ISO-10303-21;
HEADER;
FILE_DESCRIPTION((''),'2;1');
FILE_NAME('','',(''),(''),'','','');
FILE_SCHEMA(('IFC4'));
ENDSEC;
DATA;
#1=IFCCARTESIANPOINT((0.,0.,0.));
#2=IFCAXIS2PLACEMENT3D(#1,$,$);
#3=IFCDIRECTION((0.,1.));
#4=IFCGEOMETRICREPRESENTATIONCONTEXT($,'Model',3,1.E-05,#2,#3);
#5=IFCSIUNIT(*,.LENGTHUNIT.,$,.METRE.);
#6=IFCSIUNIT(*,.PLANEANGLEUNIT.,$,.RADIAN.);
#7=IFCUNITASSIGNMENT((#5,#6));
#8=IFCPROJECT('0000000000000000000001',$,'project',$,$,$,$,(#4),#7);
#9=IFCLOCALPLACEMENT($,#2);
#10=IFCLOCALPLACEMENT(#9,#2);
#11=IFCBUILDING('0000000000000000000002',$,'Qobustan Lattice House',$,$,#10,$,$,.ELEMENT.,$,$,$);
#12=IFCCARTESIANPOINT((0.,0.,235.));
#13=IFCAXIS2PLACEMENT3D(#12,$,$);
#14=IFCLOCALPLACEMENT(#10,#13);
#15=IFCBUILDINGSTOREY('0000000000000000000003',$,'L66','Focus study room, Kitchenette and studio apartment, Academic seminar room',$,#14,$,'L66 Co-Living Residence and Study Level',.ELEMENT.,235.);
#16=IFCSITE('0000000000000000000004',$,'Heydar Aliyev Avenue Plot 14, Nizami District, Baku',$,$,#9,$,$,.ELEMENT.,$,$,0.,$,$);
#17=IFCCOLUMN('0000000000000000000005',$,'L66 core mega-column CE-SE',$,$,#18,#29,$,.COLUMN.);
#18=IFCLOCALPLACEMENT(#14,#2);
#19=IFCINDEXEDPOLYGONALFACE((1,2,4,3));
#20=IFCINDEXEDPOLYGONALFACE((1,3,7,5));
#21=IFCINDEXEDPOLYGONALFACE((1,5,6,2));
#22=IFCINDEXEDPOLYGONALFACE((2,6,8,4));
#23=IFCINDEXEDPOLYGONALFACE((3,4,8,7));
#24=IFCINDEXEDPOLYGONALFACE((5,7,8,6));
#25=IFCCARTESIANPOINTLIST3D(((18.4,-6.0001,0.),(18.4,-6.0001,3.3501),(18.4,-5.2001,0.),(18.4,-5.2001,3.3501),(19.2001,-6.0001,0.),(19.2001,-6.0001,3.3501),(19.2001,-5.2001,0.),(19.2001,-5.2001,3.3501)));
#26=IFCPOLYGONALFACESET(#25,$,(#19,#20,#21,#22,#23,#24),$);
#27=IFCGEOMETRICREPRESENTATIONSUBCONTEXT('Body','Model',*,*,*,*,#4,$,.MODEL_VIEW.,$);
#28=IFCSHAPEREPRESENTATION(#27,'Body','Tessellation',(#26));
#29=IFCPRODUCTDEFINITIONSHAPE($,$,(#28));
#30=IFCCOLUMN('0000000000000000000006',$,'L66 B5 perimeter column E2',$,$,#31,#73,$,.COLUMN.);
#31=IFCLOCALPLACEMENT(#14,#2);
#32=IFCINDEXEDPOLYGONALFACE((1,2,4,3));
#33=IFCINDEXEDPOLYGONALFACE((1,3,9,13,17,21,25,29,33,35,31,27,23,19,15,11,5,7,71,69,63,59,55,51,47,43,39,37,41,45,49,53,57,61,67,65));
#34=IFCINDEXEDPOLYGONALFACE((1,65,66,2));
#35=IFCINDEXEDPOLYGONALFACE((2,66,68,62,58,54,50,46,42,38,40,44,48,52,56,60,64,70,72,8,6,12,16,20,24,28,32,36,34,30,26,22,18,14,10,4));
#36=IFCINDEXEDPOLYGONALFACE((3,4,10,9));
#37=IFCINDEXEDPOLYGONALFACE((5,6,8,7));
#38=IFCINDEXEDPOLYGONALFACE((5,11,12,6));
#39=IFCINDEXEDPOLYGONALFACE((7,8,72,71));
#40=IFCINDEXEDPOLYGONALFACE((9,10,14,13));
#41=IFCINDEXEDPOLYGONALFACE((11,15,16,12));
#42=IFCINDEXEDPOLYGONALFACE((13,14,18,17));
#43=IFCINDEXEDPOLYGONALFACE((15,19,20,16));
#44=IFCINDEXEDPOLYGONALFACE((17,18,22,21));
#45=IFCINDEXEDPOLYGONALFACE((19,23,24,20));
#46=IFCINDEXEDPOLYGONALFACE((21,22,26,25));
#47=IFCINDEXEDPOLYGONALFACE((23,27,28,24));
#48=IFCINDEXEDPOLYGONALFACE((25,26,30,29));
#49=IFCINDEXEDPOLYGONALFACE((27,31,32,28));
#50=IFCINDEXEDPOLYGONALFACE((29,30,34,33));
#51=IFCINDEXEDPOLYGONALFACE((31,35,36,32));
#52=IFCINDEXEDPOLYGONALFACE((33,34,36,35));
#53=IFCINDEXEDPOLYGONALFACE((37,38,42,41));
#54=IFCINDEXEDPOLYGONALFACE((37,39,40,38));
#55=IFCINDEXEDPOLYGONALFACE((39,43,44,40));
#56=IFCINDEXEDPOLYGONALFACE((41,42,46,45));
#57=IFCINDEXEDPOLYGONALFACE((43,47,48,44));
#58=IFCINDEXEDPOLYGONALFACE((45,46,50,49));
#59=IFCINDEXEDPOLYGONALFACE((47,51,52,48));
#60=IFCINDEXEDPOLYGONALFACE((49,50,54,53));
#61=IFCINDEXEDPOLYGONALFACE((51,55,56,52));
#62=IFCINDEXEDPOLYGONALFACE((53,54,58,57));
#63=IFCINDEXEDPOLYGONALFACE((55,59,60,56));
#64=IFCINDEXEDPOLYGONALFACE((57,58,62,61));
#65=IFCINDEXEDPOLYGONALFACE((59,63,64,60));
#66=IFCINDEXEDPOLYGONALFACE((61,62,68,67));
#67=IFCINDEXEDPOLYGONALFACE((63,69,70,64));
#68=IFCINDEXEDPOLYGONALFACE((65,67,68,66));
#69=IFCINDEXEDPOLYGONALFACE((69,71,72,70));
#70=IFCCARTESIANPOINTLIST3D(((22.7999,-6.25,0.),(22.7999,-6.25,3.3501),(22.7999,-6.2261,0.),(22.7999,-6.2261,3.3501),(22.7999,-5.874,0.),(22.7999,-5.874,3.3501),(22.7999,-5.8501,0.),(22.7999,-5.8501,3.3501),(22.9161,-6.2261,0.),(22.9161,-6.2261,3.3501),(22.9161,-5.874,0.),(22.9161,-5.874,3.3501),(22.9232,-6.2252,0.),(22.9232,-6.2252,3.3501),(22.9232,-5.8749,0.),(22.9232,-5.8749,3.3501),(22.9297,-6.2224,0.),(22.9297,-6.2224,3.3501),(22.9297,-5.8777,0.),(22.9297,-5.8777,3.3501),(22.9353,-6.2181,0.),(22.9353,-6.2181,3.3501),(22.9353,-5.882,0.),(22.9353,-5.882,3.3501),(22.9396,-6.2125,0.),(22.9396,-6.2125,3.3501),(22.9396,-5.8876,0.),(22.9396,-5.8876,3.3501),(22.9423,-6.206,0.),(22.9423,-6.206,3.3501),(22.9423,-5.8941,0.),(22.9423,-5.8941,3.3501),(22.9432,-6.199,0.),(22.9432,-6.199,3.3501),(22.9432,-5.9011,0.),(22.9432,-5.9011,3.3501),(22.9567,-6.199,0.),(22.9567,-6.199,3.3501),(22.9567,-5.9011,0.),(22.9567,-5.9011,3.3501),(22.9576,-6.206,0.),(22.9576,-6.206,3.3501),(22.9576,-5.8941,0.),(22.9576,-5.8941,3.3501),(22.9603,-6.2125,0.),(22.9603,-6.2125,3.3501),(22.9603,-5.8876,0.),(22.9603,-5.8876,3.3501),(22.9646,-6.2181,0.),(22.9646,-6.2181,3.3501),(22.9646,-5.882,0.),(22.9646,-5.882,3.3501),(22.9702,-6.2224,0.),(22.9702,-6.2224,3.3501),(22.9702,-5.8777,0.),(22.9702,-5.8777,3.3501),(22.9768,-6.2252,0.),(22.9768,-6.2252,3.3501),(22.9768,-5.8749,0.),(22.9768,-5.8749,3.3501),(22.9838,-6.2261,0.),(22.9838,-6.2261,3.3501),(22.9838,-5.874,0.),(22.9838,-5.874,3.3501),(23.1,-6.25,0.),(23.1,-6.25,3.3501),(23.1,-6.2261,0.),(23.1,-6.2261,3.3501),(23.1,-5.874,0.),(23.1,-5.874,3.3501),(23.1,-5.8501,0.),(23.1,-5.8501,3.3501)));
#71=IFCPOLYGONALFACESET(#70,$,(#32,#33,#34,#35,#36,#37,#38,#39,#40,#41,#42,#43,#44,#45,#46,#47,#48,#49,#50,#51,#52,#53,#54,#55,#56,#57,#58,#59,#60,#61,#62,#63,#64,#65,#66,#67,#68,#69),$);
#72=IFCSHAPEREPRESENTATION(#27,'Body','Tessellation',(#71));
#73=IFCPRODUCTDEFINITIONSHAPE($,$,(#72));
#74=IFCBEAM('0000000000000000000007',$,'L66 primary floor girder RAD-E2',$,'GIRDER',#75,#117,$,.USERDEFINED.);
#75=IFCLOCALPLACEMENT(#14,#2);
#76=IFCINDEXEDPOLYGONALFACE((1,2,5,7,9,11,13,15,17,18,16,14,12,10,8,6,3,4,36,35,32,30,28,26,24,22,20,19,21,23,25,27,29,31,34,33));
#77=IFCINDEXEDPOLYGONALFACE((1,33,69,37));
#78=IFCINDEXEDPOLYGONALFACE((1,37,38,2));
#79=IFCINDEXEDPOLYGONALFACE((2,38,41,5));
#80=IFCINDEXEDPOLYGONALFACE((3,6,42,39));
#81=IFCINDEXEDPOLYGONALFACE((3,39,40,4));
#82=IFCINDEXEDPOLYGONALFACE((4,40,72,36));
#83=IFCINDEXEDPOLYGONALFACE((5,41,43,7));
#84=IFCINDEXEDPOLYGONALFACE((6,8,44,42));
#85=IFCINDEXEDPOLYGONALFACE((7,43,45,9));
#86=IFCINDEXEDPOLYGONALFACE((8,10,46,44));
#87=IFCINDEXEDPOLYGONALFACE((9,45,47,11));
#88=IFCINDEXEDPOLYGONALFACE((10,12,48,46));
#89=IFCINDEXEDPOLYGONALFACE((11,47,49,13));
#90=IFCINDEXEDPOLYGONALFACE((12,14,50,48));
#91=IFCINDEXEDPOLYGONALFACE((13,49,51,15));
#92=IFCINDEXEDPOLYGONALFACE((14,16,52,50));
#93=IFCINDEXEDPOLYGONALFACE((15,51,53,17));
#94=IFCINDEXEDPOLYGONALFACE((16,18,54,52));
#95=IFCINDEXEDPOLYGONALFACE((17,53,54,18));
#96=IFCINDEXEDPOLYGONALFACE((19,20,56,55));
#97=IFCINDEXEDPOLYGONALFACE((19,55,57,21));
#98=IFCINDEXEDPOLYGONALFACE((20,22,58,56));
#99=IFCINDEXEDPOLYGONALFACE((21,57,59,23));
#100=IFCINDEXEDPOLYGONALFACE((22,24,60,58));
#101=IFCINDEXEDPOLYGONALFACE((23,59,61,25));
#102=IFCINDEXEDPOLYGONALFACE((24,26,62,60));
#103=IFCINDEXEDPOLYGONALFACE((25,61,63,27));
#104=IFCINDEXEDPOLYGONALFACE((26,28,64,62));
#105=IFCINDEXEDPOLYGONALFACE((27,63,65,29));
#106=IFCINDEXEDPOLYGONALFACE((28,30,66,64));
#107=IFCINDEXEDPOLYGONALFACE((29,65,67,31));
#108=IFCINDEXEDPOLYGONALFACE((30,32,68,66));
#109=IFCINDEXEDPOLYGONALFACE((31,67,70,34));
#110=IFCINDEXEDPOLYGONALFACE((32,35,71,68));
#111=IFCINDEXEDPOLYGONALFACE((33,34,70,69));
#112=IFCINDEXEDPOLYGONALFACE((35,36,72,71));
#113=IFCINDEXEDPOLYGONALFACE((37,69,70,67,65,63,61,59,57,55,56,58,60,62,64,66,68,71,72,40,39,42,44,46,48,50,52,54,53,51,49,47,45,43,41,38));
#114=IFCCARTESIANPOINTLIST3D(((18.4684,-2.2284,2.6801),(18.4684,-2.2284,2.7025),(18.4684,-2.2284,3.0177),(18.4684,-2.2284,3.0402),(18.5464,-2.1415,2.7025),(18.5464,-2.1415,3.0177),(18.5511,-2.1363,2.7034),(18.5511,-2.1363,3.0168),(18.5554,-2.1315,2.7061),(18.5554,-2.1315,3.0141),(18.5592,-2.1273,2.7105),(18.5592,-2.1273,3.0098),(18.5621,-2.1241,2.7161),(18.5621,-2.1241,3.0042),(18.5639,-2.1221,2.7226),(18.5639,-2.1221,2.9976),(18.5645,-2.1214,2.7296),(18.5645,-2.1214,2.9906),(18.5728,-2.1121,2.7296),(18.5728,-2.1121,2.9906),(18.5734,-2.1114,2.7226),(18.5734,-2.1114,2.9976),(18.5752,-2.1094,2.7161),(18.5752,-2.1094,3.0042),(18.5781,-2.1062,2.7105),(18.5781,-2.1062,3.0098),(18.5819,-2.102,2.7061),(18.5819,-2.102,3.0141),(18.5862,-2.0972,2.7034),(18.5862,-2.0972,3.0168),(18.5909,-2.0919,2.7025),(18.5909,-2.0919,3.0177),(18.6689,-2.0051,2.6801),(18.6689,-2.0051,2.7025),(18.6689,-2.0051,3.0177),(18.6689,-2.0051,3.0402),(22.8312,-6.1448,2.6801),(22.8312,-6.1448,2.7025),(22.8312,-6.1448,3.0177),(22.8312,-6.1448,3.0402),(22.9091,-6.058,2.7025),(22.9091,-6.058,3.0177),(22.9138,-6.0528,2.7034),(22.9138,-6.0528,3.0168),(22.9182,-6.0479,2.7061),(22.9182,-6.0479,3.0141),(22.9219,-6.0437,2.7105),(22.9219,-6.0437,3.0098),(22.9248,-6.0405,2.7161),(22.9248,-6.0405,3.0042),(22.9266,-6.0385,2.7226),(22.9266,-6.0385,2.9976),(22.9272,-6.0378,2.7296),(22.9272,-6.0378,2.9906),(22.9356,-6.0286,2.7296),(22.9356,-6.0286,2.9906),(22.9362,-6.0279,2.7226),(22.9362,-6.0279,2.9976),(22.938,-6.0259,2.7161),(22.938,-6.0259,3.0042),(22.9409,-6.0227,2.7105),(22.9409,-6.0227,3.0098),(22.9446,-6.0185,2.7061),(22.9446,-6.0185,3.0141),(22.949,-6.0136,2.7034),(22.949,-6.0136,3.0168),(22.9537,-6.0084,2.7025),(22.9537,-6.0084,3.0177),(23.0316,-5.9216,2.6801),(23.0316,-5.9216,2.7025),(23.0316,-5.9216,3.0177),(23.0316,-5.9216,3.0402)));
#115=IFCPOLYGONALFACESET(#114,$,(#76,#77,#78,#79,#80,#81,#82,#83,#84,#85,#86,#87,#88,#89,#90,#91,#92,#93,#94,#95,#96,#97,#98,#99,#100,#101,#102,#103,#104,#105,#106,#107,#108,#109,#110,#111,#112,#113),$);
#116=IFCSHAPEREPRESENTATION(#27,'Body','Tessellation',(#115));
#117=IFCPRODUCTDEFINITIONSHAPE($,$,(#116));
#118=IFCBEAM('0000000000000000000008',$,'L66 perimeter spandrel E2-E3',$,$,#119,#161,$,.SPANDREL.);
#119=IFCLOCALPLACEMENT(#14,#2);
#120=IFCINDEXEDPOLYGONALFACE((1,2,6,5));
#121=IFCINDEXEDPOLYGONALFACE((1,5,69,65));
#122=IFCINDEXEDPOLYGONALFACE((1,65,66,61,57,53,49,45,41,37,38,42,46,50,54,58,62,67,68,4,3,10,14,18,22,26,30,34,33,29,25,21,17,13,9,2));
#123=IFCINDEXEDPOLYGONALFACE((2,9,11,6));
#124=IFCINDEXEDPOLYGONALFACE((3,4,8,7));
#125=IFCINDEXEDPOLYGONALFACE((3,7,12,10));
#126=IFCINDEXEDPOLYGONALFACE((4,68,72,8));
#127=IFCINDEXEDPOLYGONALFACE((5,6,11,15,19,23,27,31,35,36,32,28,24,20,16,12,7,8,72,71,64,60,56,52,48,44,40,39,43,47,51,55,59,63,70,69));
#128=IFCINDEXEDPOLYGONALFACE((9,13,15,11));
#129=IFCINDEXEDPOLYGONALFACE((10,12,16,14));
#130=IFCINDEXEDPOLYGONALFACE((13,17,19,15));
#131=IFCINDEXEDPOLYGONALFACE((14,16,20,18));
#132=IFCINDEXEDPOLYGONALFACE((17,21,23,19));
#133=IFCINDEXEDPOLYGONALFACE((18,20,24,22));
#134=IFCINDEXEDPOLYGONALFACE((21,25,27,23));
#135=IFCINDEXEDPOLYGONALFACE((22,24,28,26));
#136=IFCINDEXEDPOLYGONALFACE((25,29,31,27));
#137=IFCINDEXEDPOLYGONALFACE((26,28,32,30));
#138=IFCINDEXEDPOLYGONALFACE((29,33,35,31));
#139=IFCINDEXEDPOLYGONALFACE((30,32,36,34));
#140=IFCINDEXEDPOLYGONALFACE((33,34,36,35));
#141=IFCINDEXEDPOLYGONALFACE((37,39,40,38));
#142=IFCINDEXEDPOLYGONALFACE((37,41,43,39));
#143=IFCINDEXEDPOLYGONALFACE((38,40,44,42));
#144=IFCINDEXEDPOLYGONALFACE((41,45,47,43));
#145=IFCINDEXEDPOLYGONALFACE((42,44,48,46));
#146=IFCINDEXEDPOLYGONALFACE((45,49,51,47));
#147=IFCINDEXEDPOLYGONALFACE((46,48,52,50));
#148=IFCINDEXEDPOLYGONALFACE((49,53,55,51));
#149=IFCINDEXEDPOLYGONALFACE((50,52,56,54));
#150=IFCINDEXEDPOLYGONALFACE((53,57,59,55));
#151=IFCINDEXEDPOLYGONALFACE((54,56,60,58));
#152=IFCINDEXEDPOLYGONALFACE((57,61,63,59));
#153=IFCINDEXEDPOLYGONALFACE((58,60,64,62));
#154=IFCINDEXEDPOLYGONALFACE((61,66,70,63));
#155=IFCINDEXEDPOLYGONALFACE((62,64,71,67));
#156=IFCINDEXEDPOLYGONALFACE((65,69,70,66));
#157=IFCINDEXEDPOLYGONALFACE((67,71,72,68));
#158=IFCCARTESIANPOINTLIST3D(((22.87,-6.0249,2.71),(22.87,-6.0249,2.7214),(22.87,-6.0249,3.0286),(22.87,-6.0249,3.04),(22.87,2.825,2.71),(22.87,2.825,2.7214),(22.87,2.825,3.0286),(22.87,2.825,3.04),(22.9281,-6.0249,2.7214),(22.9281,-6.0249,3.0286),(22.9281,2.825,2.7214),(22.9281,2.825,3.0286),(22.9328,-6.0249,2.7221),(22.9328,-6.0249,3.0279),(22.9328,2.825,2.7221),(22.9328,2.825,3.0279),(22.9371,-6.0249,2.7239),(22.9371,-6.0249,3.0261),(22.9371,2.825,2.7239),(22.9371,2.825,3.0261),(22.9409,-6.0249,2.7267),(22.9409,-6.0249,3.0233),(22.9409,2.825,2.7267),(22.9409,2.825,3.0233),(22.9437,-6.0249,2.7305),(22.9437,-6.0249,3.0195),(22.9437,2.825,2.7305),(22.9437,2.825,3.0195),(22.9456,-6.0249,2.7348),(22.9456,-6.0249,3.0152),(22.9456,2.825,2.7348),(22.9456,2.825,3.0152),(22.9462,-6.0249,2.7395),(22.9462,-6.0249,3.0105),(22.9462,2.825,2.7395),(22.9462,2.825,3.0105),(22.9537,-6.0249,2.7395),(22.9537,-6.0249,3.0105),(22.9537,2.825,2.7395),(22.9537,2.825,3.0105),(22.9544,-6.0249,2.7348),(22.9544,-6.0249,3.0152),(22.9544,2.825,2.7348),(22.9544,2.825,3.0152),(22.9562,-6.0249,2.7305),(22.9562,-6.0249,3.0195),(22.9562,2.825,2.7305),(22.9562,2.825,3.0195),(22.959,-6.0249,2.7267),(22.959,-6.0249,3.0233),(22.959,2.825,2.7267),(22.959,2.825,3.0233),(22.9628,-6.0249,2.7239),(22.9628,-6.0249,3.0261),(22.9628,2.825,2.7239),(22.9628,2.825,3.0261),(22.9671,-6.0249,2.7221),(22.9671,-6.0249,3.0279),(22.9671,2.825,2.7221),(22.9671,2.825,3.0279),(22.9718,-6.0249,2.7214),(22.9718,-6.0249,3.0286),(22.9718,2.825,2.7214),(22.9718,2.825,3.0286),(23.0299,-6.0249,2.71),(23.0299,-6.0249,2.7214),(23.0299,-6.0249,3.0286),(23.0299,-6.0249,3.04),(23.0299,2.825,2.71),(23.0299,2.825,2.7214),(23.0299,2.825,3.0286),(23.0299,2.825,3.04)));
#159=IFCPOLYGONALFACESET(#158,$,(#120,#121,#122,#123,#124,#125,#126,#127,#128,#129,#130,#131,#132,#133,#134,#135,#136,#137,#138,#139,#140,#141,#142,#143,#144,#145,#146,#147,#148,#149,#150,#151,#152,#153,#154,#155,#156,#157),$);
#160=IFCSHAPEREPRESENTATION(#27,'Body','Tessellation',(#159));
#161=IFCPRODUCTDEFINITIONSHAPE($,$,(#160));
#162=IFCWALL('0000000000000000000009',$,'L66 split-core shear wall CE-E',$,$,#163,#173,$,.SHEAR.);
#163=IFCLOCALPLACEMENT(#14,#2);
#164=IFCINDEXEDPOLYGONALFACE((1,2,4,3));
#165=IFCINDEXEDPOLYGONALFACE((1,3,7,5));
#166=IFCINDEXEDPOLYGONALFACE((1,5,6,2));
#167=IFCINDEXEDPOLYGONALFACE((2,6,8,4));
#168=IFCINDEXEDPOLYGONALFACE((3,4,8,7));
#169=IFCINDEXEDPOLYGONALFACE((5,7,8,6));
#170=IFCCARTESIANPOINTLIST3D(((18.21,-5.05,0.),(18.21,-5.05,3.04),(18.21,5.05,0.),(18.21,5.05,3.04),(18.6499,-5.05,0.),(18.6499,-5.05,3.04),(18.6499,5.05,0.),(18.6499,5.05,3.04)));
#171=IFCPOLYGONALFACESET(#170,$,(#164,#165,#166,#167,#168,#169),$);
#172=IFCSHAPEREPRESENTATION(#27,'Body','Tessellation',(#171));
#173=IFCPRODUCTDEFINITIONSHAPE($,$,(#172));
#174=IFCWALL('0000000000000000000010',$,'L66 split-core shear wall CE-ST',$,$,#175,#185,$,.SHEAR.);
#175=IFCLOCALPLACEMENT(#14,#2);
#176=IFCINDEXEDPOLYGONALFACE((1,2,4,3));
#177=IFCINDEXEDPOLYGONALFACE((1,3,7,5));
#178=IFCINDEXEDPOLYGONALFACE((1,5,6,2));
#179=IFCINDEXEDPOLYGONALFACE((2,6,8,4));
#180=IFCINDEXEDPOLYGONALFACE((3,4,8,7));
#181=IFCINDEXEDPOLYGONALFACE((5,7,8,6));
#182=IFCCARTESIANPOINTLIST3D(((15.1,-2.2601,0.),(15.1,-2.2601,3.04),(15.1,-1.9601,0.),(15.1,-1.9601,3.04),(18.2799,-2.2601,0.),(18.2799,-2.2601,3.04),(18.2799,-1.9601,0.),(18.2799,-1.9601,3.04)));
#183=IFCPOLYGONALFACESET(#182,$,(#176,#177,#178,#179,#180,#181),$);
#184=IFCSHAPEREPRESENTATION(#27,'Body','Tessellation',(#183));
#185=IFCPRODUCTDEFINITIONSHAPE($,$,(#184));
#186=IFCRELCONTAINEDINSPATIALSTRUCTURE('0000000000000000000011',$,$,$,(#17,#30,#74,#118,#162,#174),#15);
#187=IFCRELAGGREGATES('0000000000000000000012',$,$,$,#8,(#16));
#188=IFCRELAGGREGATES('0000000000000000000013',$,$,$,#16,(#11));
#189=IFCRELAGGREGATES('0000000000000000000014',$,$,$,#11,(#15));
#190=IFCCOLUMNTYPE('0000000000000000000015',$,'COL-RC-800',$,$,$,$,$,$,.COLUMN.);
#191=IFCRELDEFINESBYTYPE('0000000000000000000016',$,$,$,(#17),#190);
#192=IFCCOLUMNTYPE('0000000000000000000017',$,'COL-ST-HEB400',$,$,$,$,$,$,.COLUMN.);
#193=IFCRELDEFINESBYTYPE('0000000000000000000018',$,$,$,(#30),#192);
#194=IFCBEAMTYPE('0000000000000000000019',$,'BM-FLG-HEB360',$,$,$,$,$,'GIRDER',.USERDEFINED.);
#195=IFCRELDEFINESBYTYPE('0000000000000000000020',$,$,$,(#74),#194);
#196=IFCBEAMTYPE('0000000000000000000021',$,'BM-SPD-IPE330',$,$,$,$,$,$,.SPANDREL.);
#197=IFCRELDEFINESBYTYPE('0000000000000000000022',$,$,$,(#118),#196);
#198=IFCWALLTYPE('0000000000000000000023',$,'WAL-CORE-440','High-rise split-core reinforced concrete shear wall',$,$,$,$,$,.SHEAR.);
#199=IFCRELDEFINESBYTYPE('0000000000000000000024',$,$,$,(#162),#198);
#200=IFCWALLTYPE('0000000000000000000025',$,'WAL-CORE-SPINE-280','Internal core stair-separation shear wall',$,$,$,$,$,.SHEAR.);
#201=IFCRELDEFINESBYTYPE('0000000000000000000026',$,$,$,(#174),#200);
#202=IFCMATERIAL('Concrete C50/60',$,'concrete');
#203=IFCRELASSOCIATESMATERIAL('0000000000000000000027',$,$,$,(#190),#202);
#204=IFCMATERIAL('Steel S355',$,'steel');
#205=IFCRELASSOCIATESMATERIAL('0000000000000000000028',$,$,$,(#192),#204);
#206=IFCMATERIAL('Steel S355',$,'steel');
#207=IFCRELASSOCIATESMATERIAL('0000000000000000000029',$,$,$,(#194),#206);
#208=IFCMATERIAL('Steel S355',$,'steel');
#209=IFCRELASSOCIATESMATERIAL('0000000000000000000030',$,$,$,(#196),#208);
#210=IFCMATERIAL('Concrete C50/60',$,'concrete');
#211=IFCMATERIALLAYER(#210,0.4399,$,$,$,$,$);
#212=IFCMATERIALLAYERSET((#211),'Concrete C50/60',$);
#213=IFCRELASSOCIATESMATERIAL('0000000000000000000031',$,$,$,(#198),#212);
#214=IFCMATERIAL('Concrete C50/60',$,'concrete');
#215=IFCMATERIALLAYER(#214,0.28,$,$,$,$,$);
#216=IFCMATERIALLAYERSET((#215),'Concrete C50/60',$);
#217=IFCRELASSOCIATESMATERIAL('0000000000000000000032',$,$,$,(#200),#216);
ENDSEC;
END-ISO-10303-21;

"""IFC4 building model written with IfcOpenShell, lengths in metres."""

from ifc_helpers import new_model, si_unit, direction, frame, frame_2d, origin, origin_2d, place, context, subcontext, project, spatial, rectangle, i_section, extrude, material, layer, layer_set, material_profile, profile_set, type_object, element, save


model = new_model("IFC4")

# Units and contexts
model_context = context("Model", 3, precision=1e-05, world=origin(), true_north=direction((0.0, 1.0)))
body_context = subcontext(model_context, "Body", "Model", "MODEL_VIEW")
ifc_project = project(units=[si_unit("LENGTHUNIT", "METRE"), si_unit("PLANEANGLEUNIT", "RADIAN")], contexts=[model_context])

# Site, building, storey
site_placement = place(None, origin())
site = spatial("IfcSite", under=ifc_project, at=site_placement, Name="Heydar Aliyev Avenue Plot 14, Nizami District, Baku", CompositionType="ELEMENT", RefElevation=0.0)
building_placement = place(site_placement, origin())
building = spatial("IfcBuilding", under=site, at=building_placement, Name="Qobustan Lattice House", CompositionType="ELEMENT")
storey_placement = place(building_placement, frame((0.0, 0.0, 235.0)))
storey = spatial("IfcBuildingStorey", under=building, at=storey_placement, Name="L66", Description="Focus study room, Kitchenette and studio apartment, Academic seminar room", LongName="L66 Co-Living Residence and Study Level", CompositionType="ELEMENT", Elevation=235.0)

# Columns
ifc_material_1 = material(Name="Concrete C50/60", Category="concrete")
ifc_material_profile_1 = material_profile(ifc_material_1, rectangle(XDim=0.8, YDim=0.8, at=origin_2d()), Name="RC800x800")
ifc_profile_set_1 = profile_set([ifc_material_profile_1], Name="Concrete C50/60")
column_type_1 = type_object("IfcColumnType", Name="COL-RC-800", PredefinedType="COLUMN", material=ifc_profile_set_1)
column_1_placement = place(storey_placement, frame((18.8, -5.6001, 0.0), z_axis=(0.0, 0.0, 1.0), x_axis=(1.0, 0.0, 0.0)))
element("IfcColumn", 1, at=column_1_placement, inside=storey, type_object=column_type_1, Name="L66 core mega-column CE-SE", PredefinedType="COLUMN", context=body_context, shape_type="SweptSolid", body=[
    extrude(rectangle(XDim=0.8, YDim=0.8, at=origin_2d()), origin(), (0.0, 0.0, 1.0), 3.3501),
])
ifc_material_2 = material(Name="Steel S355", Category="steel")
ifc_material_profile_2 = material_profile(ifc_material_2, i_section(OverallWidth=0.3, OverallDepth=0.3999, WebThickness=0.0134, FlangeThickness=0.0239, FilletRadius=0.0271, at=origin_2d()), Name="HEB400")
ifc_profile_set_2 = profile_set([ifc_material_profile_2], Name="Steel S355")
column_type_2 = type_object("IfcColumnType", Name="COL-ST-HEB400", PredefinedType="COLUMN", material=ifc_profile_set_2)
column_2_placement = place(storey_placement, frame((22.95, -6.05, 0.0), z_axis=(0.0, 0.0, 1.0), x_axis=(1.0, 0.0, 0.0)))
element("IfcColumn", 2, at=column_2_placement, inside=storey, type_object=column_type_2, Name="L66 B5 perimeter column E2", PredefinedType="COLUMN", context=body_context, shape_type="SweptSolid", body=[
    extrude(i_section(OverallWidth=0.3, OverallDepth=0.3999, WebThickness=0.0134, FlangeThickness=0.0239, FilletRadius=0.0271, at=origin_2d()), origin(), (0.0, 0.0, 1.0), 3.3501),
])

# Beams
ifc_material_3 = material(Name="Steel S355", Category="steel")
ifc_material_profile_3 = material_profile(ifc_material_3, i_section(OverallWidth=0.3, OverallDepth=0.3601, WebThickness=0.0125, FlangeThickness=0.0225, FilletRadius=0.0271, at=origin_2d()), Name="HEB360")
ifc_profile_set_3 = profile_set([ifc_material_profile_3], Name="Steel S355")
beam_type_1 = type_object("IfcBeamType", Name="BM-FLG-HEB360", ElementType="GIRDER", PredefinedType="USERDEFINED", material=ifc_profile_set_3)
beam_1_placement = place(storey_placement, frame((22.9314, -6.0332, 2.8601), z_axis=(-0.744142, 0.668021, 0.0), x_axis=(-0.668021, -0.744142, 0.0)))
element("IfcBeam", 3, at=beam_1_placement, inside=storey, type_object=beam_type_1, Name="L66 primary floor girder RAD-E2", ObjectType="GIRDER", PredefinedType="USERDEFINED", context=body_context, shape_type="SweptSolid", body=[
    extrude(i_section(OverallWidth=0.3, OverallDepth=0.3601, WebThickness=0.0125, FlangeThickness=0.0225, FilletRadius=0.0271, at=origin_2d()), origin(), (0.0, 0.0, 1.0), 5.8628),
])
ifc_material_4 = material(Name="Steel S355", Category="steel")
ifc_material_profile_4 = material_profile(ifc_material_4, i_section(OverallWidth=0.1599, OverallDepth=0.3301, WebThickness=0.0076, FlangeThickness=0.0115, FilletRadius=0.0181, at=origin_2d()), Name="IPE330")
ifc_profile_set_4 = profile_set([ifc_material_profile_4], Name="Steel S355")
beam_type_2 = type_object("IfcBeamType", Name="BM-SPD-IPE330", PredefinedType="SPANDREL", material=ifc_profile_set_4)
beam_2_placement = place(storey_placement, frame((22.95, -6.0249, 2.875), z_axis=(0.0, 1.0, 0.0), x_axis=(-1.0, 0.0, 0.0)))
element("IfcBeam", 4, at=beam_2_placement, inside=storey, type_object=beam_type_2, Name="L66 perimeter spandrel E2-E3", PredefinedType="SPANDREL", context=body_context, shape_type="SweptSolid", body=[
    extrude(i_section(OverallWidth=0.1599, OverallDepth=0.3301, WebThickness=0.0076, FlangeThickness=0.0115, FilletRadius=0.0181, at=origin_2d()), origin(), (0.0, 0.0, 1.0), 8.8499),
])

# Walls
ifc_material_5 = material(Name="Concrete C50/60", Category="concrete")
ifc_layer_1 = layer(ifc_material_5, 0.4399)
ifc_layer_set_1 = layer_set([ifc_layer_1], Name="Concrete C50/60")
wall_type_1 = type_object("IfcWallType", Name="WAL-CORE-440", Description="High-rise split-core reinforced concrete shear wall", PredefinedType="SHEAR", material=ifc_layer_set_1)
wall_1_placement = place(storey_placement, frame((18.4299, -5.05, 0.0), z_axis=(0.0, 0.0, 1.0), x_axis=(0.0, 1.0, 0.0)))
element("IfcWall", 5, at=wall_1_placement, inside=storey, type_object=wall_type_1, Name="L66 split-core shear wall CE-E", PredefinedType="SHEAR", context=body_context, shape_type="SweptSolid", body=[
    extrude(rectangle(XDim=10.1001, YDim=0.4399, at=frame_2d((5.05, 0.0))), origin(), (0.0, 0.0, 1.0), 3.04),
])
ifc_material_6 = material(Name="Concrete C50/60", Category="concrete")
ifc_layer_2 = layer(ifc_material_6, 0.28)
ifc_layer_set_2 = layer_set([ifc_layer_2], Name="Concrete C50/60")
wall_type_2 = type_object("IfcWallType", Name="WAL-CORE-SPINE-280", Description="Internal core stair-separation shear wall", PredefinedType="SHEAR", material=ifc_layer_set_2)
wall_2_placement = place(storey_placement, frame((15.1001, -2.1101, 0.0), z_axis=(0.0, 0.0, 1.0), x_axis=(1.0, 0.0, 0.0)))
element("IfcWall", 6, at=wall_2_placement, inside=storey, type_object=wall_type_2, Name="L66 split-core shear wall CE-ST", PredefinedType="SHEAR", context=body_context, shape_type="SweptSolid", body=[
    extrude(rectangle(XDim=3.1799, YDim=0.3, at=frame_2d((1.5898, 0.0))), origin(), (0.0, 0.0, 1.0), 3.04),
])

save(model, "model.ifc")
